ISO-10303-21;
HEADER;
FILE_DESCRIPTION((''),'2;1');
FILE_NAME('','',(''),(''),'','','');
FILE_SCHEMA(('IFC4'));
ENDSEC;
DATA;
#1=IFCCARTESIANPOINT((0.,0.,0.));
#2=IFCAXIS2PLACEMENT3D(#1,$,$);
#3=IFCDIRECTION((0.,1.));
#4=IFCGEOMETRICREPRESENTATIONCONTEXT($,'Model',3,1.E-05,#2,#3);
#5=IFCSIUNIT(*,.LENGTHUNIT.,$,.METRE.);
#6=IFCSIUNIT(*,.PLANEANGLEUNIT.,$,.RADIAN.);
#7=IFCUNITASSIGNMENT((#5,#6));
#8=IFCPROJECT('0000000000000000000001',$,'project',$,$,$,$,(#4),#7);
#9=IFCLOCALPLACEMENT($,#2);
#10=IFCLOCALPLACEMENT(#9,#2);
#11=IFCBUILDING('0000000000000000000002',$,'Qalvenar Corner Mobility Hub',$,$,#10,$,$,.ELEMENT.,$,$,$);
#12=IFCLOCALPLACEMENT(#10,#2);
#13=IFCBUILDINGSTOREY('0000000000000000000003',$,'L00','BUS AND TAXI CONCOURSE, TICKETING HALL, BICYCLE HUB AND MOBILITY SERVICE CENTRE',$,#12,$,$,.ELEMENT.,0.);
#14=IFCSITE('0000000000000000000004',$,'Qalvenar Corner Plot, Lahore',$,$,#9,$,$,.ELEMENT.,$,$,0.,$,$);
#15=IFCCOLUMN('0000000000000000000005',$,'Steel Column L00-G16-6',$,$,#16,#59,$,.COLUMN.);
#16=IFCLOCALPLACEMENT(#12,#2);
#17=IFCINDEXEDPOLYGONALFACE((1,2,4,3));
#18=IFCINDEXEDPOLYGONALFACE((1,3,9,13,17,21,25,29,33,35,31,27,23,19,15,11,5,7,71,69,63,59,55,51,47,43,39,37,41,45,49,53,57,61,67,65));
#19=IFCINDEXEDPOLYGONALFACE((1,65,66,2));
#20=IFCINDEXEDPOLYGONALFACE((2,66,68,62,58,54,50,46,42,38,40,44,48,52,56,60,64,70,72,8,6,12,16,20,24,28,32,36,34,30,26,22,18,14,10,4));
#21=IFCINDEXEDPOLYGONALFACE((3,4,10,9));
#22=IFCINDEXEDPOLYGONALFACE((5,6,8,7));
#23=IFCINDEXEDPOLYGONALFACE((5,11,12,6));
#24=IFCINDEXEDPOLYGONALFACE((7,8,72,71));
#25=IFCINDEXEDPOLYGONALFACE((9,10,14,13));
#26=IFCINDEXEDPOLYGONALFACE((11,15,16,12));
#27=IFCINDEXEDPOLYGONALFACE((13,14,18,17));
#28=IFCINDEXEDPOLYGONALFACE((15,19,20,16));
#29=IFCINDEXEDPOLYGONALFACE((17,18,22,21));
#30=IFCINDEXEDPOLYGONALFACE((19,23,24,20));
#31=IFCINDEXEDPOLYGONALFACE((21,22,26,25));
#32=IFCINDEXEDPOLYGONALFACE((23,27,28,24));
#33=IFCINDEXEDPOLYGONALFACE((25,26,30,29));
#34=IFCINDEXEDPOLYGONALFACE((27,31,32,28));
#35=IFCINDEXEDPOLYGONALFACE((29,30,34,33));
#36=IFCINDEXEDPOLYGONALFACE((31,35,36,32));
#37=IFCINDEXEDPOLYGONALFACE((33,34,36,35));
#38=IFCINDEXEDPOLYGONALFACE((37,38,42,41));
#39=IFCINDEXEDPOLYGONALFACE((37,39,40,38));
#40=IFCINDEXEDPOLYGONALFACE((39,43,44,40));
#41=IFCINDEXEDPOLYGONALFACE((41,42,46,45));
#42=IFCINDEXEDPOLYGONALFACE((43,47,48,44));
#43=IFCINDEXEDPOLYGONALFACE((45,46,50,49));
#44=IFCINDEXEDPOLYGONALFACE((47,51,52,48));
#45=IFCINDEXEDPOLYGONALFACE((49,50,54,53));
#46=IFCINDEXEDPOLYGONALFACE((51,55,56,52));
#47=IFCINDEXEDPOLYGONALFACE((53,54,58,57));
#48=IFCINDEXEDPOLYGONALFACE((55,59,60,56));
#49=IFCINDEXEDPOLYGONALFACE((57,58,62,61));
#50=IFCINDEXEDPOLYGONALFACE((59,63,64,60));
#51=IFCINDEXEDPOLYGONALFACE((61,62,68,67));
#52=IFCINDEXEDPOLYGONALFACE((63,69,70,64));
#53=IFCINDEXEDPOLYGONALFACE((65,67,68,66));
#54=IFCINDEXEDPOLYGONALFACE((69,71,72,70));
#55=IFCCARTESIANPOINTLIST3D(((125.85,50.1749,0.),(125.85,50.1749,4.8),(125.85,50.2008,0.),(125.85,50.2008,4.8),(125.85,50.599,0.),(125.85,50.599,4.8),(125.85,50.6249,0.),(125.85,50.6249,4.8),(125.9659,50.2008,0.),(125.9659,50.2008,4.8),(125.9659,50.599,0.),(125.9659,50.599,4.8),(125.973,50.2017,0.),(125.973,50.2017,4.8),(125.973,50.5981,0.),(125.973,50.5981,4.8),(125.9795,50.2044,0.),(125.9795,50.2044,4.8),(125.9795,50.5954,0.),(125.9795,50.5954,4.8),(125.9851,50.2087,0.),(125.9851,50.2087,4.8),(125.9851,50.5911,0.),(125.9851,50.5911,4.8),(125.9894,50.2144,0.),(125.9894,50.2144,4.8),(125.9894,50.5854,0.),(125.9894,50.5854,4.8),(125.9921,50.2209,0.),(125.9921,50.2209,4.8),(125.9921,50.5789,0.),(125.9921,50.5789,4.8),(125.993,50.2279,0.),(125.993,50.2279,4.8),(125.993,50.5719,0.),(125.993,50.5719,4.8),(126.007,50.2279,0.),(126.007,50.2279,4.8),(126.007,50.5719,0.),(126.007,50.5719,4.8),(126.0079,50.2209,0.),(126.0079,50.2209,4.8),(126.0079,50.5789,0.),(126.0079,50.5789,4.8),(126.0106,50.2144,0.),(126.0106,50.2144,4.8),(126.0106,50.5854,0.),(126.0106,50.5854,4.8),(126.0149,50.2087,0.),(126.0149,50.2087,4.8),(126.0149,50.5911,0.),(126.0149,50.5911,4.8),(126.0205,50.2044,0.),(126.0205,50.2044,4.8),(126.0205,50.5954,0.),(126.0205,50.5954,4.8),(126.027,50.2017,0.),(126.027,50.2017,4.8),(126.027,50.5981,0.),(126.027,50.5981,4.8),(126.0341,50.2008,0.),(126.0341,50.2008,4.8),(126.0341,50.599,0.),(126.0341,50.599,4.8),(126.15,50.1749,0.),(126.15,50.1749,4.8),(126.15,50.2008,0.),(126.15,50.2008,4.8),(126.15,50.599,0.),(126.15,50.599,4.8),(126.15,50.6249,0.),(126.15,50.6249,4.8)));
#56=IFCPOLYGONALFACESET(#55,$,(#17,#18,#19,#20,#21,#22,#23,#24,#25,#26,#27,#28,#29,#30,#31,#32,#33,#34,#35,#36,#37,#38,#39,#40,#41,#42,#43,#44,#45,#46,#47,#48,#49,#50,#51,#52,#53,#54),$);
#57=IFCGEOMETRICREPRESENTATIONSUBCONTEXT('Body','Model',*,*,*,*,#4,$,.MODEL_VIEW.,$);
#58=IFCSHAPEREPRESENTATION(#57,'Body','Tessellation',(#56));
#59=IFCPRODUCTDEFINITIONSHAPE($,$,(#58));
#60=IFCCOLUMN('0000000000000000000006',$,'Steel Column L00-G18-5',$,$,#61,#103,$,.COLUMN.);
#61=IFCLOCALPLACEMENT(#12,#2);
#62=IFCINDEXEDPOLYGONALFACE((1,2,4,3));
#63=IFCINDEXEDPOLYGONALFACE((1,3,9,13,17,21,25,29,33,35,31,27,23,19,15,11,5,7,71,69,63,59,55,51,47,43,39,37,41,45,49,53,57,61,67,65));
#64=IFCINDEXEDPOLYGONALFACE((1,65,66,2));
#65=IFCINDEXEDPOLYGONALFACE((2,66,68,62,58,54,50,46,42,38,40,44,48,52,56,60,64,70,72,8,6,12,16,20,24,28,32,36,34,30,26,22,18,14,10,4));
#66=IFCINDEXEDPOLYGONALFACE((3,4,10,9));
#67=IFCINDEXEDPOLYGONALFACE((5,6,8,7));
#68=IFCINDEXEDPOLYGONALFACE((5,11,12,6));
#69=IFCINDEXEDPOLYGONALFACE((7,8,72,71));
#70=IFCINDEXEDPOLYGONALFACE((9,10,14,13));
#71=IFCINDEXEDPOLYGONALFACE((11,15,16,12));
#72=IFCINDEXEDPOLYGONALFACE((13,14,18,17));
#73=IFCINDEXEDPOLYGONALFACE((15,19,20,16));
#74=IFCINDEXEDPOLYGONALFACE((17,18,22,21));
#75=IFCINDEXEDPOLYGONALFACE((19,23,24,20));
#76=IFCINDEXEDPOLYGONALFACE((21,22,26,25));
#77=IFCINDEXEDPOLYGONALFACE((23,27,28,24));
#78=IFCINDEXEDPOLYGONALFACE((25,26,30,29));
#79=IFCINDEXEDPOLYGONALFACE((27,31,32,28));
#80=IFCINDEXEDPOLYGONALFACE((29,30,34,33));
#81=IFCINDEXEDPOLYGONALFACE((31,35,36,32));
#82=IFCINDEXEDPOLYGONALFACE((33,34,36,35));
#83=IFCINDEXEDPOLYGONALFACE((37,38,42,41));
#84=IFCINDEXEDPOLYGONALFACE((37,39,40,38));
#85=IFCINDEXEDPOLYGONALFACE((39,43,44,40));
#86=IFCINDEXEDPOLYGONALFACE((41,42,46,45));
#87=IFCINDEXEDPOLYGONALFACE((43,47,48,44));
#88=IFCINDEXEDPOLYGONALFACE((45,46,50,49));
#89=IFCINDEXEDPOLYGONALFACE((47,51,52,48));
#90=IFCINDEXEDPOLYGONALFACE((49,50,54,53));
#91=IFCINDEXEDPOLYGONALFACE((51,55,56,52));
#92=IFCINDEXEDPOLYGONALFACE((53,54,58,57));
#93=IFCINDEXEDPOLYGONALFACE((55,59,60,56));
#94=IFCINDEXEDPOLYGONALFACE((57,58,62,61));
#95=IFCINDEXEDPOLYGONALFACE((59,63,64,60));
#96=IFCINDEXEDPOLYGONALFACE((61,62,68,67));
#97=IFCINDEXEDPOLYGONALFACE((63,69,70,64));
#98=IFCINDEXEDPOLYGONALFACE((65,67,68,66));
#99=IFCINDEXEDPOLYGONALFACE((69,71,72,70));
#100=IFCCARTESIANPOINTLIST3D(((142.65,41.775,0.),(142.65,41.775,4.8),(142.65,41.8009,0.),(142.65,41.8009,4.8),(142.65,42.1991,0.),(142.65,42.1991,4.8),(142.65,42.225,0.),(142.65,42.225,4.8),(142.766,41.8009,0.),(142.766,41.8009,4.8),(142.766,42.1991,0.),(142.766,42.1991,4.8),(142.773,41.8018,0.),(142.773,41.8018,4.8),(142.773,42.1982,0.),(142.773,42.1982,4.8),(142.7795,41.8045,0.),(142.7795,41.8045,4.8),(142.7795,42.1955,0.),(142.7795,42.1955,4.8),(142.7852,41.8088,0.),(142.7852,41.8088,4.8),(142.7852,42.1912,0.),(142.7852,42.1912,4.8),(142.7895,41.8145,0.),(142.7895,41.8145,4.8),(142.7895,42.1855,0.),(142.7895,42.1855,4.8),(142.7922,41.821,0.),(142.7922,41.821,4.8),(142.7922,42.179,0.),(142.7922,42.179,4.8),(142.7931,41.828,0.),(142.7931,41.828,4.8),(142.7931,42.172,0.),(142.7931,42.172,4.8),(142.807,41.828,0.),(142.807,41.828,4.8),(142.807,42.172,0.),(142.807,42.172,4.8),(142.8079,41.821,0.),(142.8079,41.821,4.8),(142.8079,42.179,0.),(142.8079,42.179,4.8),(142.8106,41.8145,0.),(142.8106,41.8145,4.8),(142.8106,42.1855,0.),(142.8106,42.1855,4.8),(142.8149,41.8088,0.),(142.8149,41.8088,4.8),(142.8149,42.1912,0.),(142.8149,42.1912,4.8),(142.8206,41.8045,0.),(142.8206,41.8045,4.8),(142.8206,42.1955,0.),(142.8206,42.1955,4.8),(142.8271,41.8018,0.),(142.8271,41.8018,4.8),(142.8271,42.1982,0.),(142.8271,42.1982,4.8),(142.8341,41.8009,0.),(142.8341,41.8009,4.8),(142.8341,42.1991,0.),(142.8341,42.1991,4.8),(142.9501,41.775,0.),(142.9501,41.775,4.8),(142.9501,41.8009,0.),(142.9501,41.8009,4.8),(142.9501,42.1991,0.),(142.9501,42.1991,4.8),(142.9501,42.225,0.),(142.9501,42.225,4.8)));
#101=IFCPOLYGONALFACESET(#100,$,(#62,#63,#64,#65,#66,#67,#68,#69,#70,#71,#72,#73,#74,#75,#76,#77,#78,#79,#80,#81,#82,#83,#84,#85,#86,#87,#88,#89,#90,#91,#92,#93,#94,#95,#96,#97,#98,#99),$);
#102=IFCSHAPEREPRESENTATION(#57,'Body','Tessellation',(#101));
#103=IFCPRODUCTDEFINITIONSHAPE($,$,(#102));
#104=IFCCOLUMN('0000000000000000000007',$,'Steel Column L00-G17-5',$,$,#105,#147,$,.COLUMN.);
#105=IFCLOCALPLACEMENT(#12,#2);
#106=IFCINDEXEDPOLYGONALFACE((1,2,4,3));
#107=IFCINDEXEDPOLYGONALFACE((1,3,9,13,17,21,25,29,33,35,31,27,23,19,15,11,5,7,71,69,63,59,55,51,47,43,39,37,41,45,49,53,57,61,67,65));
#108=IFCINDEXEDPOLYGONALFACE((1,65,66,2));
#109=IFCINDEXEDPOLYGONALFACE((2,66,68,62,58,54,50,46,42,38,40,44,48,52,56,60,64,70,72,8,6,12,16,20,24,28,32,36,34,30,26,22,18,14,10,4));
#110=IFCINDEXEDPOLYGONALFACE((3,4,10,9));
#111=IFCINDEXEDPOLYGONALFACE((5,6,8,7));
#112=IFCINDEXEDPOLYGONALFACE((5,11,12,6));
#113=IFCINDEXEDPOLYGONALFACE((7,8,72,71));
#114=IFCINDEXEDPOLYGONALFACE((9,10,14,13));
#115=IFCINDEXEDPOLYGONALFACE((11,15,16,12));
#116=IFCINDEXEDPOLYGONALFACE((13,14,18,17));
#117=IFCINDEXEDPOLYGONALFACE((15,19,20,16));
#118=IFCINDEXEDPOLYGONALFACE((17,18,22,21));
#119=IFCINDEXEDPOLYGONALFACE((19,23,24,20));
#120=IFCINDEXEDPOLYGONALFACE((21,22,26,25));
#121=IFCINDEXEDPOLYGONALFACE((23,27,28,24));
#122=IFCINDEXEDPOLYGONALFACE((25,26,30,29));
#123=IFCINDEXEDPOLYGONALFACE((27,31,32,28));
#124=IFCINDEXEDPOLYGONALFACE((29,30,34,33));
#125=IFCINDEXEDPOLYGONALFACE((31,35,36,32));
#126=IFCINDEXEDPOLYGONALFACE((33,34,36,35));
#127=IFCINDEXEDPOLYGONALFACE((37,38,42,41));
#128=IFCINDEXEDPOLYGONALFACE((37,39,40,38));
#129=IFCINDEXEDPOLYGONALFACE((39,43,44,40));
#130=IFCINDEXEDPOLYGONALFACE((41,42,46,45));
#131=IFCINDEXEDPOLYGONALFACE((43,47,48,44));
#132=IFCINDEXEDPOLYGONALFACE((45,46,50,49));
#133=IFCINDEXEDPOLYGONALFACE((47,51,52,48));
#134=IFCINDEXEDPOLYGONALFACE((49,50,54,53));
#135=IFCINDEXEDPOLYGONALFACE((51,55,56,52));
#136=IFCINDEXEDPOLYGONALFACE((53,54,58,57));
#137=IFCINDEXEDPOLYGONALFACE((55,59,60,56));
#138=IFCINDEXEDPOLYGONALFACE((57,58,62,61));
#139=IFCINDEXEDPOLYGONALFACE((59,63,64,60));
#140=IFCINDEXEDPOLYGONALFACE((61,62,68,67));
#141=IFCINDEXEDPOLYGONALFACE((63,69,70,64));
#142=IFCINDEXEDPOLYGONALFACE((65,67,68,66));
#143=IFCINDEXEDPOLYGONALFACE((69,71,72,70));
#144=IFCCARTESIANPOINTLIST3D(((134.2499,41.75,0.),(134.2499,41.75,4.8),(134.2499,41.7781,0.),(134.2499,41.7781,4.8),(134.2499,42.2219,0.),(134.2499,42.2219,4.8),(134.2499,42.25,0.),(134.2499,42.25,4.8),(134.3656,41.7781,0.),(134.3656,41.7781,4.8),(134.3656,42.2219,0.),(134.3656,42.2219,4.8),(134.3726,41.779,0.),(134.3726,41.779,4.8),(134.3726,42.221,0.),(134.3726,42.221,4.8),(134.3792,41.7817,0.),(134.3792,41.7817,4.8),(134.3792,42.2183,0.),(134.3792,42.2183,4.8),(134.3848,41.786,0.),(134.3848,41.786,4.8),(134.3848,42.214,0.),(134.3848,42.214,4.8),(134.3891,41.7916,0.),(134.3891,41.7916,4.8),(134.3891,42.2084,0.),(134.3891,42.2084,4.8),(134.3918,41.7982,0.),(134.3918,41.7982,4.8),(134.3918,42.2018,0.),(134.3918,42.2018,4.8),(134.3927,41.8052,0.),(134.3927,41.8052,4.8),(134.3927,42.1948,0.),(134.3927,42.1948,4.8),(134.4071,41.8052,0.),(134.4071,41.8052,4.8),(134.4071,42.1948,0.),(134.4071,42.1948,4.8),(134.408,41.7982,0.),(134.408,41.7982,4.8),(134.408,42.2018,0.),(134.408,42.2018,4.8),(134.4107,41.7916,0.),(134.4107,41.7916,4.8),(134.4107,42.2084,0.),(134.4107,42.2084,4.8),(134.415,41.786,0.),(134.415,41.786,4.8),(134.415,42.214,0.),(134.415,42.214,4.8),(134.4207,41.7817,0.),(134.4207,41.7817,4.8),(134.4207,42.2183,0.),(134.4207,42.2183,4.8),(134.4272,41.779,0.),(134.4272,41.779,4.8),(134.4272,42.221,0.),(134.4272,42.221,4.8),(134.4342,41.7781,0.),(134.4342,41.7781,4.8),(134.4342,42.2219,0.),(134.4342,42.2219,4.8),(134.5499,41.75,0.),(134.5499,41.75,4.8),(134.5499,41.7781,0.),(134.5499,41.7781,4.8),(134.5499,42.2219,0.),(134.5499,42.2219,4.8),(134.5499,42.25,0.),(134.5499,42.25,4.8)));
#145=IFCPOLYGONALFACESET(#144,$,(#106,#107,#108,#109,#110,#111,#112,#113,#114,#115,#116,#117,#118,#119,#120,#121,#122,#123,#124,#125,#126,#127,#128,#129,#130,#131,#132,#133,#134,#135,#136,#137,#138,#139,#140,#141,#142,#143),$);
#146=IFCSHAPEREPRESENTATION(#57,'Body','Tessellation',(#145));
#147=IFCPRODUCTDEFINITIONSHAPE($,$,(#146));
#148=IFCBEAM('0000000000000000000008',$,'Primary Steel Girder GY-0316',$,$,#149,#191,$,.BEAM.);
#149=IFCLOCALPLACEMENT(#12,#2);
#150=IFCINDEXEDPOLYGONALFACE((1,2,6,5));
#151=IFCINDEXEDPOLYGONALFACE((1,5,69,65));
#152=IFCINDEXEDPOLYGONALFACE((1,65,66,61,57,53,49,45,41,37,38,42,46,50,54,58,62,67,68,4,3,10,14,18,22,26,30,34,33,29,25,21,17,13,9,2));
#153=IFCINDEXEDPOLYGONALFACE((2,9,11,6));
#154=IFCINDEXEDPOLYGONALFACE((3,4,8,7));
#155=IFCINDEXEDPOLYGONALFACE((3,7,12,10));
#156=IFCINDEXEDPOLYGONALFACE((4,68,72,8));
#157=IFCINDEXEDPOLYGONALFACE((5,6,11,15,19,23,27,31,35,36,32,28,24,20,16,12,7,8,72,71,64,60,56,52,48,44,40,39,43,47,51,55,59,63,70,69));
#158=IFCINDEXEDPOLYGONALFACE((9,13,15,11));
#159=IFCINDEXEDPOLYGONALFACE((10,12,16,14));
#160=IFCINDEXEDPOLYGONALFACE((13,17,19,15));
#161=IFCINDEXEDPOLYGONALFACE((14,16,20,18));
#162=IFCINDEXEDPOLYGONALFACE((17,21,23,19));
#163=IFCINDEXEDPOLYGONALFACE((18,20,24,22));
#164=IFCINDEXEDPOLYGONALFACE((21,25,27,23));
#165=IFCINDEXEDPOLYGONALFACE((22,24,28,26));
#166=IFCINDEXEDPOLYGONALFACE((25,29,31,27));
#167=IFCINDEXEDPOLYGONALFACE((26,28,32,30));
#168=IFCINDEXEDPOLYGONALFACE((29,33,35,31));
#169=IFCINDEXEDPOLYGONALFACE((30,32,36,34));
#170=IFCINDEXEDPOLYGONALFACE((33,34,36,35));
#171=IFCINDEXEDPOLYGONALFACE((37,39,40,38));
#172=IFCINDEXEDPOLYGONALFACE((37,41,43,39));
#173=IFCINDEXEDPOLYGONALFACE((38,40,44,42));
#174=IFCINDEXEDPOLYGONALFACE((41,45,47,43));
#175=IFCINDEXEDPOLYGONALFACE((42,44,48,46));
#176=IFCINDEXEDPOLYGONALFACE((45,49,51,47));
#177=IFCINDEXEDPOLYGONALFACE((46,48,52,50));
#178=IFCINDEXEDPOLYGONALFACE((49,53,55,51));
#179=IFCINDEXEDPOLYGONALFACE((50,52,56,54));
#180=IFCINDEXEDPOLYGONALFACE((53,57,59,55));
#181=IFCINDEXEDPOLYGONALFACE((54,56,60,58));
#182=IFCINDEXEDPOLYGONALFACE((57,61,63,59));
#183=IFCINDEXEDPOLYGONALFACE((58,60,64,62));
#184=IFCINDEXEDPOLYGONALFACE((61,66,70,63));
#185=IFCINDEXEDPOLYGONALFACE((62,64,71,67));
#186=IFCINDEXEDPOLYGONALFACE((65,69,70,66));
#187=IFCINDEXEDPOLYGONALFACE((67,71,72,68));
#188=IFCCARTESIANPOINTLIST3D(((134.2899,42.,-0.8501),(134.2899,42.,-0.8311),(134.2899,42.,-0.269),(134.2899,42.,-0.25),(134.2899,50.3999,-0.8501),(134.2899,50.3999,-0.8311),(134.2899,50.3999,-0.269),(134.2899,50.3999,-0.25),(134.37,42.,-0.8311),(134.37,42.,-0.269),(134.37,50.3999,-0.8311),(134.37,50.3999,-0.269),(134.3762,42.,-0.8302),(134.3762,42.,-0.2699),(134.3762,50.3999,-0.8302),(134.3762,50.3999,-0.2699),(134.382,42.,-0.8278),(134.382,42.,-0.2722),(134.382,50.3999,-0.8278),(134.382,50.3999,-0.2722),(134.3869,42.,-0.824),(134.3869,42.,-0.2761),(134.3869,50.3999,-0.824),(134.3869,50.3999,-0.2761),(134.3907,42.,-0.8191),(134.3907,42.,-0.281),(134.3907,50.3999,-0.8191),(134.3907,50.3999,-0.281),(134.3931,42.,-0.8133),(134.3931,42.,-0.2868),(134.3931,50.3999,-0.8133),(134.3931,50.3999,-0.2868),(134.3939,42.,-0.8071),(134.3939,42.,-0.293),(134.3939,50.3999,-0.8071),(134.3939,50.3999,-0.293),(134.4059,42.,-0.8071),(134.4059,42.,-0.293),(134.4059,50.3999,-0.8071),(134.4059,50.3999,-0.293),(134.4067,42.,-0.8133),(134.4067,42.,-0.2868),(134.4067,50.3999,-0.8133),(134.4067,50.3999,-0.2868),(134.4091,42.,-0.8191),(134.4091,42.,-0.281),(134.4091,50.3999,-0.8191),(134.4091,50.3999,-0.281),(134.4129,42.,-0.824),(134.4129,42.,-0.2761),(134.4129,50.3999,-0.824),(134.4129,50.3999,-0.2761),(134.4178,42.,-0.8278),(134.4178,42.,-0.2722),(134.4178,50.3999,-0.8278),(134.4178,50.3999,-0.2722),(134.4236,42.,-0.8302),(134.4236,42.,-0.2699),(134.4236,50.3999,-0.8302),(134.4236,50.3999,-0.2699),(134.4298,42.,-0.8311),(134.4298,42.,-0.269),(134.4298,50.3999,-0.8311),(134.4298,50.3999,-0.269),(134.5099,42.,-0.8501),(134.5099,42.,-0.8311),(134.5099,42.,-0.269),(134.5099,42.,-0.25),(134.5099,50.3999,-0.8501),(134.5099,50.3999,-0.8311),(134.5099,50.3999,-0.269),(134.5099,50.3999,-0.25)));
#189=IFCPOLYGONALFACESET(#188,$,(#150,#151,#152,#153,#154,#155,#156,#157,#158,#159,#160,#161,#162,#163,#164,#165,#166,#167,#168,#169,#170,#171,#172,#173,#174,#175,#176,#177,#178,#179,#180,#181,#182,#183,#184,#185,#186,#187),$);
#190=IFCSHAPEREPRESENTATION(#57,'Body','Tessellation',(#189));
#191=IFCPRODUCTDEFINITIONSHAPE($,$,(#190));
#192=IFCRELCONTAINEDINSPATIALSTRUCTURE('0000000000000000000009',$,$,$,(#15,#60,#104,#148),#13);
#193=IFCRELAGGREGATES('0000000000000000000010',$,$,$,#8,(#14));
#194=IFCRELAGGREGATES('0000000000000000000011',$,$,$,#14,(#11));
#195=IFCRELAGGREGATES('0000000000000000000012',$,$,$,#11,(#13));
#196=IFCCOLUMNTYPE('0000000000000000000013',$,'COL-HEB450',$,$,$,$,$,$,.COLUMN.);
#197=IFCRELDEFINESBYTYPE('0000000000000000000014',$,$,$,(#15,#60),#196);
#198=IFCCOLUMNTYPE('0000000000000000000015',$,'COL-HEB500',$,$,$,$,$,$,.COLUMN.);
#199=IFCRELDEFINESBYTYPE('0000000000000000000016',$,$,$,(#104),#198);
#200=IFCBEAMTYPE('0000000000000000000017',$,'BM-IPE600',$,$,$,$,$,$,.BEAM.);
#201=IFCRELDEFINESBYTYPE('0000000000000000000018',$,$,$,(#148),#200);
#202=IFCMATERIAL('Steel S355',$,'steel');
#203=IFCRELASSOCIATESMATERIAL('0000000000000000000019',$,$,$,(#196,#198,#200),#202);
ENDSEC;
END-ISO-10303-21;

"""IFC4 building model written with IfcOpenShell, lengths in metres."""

from ifc_helpers import new_model, si_unit, direction, frame, origin, origin_2d, place, context, subcontext, project, spatial, i_section, extrude, material, material_profile, profile_set, type_object, element, save


model = new_model("IFC4")

# Units and contexts
model_context = context("Model", 3, precision=1e-05, world=origin(), true_north=direction((0.0, 1.0)))
body_context = subcontext(model_context, "Body", "Model", "MODEL_VIEW")
ifc_project = project(units=[si_unit("LENGTHUNIT", "METRE"), si_unit("PLANEANGLEUNIT", "RADIAN")], contexts=[model_context])

# Site, building, storey
site_placement = place(None, origin())
site = spatial("IfcSite", under=ifc_project, at=site_placement, Name="Qalvenar Corner Plot, Lahore", CompositionType="ELEMENT", RefElevation=0.0)
building_placement = place(site_placement, origin())
building = spatial("IfcBuilding", under=site, at=building_placement, Name="Qalvenar Corner Mobility Hub", CompositionType="ELEMENT")
storey_placement = place(building_placement, origin())
storey = spatial("IfcBuildingStorey", under=building, at=storey_placement, Name="L00", Description="BUS AND TAXI CONCOURSE, TICKETING HALL, BICYCLE HUB AND MOBILITY SERVICE CENTRE", CompositionType="ELEMENT", Elevation=0.0)

# Columns
ifc_material_1 = material(Name="Steel S355", Category="steel")
ifc_material_profile_1 = material_profile(ifc_material_1, i_section(OverallWidth=0.3, OverallDepth=0.45, WebThickness=0.0139, FlangeThickness=0.0259, FilletRadius=0.0271, at=origin_2d()), Name="HEB450")
ifc_profile_set_1 = profile_set([ifc_material_profile_1], Name="Steel S355")
column_type_1 = type_object("IfcColumnType", Name="COL-HEB450", PredefinedType="COLUMN", material=ifc_profile_set_1)
for number, where, z_axis, x_axis, name in (
    (1, (126.0, 50.3999, 0.0), (0.0, 0.0, 1.0), (1.0, 0.0, 0.0), "Steel Column L00-G16-6"),
    (2, (142.8, 42.0, 0.0), (0.0, 0.0, 1.0), (1.0, 0.0, 0.0), "Steel Column L00-G18-5"),
):
    element("IfcColumn", number, at=place(storey_placement, frame(where, z_axis=z_axis, x_axis=x_axis)), inside=storey, type_object=column_type_1, Name=name, PredefinedType="COLUMN", context=body_context, shape_type="SweptSolid", body=[
        extrude(i_section(OverallWidth=0.3, OverallDepth=0.45, WebThickness=0.0139, FlangeThickness=0.0259, FilletRadius=0.0271, at=origin_2d()), origin(), (0.0, 0.0, 1.0), 4.8),
    ])
ifc_material_profile_2 = material_profile(ifc_material_1, i_section(OverallWidth=0.3, OverallDepth=0.5, WebThickness=0.0144, FlangeThickness=0.0281, FilletRadius=0.0271, at=origin_2d()), Name="HEB500")
ifc_profile_set_2 = profile_set([ifc_material_profile_2], Name="Steel S355")
column_type_2 = type_object("IfcColumnType", Name="COL-HEB500", PredefinedType="COLUMN", material=ifc_profile_set_2)
column_placement = place(storey_placement, frame((134.3999, 42.0, 0.0), z_axis=(0.0, 0.0, 1.0), x_axis=(1.0, 0.0, 0.0)))
element("IfcColumn", 3, at=column_placement, inside=storey, type_object=column_type_2, Name="Steel Column L00-G17-5", PredefinedType="COLUMN", context=body_context, shape_type="SweptSolid", body=[
    extrude(i_section(OverallWidth=0.3, OverallDepth=0.5, WebThickness=0.0144, FlangeThickness=0.0281, FilletRadius=0.0271, at=origin_2d()), origin(), (0.0, 0.0, 1.0), 4.8),
])

# Beam
ifc_material_profile_3 = material_profile(ifc_material_1, i_section(OverallWidth=0.22, OverallDepth=0.6001, WebThickness=0.012, FlangeThickness=0.019, FilletRadius=0.0239, at=origin_2d()), Name="IPE600")
ifc_profile_set_3 = profile_set([ifc_material_profile_3], Name="Steel S355")
beam_type_1 = type_object("IfcBeamType", Name="BM-IPE600", PredefinedType="BEAM", material=ifc_profile_set_3)
for number, where, z_axis, x_axis, name in (
    (4, (134.3999, 42.0, -0.55), (0.0, 1.0, 0.0), (-1.0, 0.0, 0.0), "Primary Steel Girder GY-0316"),
):
    element("IfcBeam", number, at=place(storey_placement, frame(where, z_axis=z_axis, x_axis=x_axis)), inside=storey, type_object=beam_type_1, Name=name, PredefinedType="BEAM", context=body_context, shape_type="SweptSolid", body=[
        extrude(i_section(OverallWidth=0.22, OverallDepth=0.6001, WebThickness=0.012, FlangeThickness=0.019, FilletRadius=0.0239, at=origin_2d()), origin(), (0.0, 0.0, 1.0), 8.3999),
    ])

save(model, "model.ifc")
